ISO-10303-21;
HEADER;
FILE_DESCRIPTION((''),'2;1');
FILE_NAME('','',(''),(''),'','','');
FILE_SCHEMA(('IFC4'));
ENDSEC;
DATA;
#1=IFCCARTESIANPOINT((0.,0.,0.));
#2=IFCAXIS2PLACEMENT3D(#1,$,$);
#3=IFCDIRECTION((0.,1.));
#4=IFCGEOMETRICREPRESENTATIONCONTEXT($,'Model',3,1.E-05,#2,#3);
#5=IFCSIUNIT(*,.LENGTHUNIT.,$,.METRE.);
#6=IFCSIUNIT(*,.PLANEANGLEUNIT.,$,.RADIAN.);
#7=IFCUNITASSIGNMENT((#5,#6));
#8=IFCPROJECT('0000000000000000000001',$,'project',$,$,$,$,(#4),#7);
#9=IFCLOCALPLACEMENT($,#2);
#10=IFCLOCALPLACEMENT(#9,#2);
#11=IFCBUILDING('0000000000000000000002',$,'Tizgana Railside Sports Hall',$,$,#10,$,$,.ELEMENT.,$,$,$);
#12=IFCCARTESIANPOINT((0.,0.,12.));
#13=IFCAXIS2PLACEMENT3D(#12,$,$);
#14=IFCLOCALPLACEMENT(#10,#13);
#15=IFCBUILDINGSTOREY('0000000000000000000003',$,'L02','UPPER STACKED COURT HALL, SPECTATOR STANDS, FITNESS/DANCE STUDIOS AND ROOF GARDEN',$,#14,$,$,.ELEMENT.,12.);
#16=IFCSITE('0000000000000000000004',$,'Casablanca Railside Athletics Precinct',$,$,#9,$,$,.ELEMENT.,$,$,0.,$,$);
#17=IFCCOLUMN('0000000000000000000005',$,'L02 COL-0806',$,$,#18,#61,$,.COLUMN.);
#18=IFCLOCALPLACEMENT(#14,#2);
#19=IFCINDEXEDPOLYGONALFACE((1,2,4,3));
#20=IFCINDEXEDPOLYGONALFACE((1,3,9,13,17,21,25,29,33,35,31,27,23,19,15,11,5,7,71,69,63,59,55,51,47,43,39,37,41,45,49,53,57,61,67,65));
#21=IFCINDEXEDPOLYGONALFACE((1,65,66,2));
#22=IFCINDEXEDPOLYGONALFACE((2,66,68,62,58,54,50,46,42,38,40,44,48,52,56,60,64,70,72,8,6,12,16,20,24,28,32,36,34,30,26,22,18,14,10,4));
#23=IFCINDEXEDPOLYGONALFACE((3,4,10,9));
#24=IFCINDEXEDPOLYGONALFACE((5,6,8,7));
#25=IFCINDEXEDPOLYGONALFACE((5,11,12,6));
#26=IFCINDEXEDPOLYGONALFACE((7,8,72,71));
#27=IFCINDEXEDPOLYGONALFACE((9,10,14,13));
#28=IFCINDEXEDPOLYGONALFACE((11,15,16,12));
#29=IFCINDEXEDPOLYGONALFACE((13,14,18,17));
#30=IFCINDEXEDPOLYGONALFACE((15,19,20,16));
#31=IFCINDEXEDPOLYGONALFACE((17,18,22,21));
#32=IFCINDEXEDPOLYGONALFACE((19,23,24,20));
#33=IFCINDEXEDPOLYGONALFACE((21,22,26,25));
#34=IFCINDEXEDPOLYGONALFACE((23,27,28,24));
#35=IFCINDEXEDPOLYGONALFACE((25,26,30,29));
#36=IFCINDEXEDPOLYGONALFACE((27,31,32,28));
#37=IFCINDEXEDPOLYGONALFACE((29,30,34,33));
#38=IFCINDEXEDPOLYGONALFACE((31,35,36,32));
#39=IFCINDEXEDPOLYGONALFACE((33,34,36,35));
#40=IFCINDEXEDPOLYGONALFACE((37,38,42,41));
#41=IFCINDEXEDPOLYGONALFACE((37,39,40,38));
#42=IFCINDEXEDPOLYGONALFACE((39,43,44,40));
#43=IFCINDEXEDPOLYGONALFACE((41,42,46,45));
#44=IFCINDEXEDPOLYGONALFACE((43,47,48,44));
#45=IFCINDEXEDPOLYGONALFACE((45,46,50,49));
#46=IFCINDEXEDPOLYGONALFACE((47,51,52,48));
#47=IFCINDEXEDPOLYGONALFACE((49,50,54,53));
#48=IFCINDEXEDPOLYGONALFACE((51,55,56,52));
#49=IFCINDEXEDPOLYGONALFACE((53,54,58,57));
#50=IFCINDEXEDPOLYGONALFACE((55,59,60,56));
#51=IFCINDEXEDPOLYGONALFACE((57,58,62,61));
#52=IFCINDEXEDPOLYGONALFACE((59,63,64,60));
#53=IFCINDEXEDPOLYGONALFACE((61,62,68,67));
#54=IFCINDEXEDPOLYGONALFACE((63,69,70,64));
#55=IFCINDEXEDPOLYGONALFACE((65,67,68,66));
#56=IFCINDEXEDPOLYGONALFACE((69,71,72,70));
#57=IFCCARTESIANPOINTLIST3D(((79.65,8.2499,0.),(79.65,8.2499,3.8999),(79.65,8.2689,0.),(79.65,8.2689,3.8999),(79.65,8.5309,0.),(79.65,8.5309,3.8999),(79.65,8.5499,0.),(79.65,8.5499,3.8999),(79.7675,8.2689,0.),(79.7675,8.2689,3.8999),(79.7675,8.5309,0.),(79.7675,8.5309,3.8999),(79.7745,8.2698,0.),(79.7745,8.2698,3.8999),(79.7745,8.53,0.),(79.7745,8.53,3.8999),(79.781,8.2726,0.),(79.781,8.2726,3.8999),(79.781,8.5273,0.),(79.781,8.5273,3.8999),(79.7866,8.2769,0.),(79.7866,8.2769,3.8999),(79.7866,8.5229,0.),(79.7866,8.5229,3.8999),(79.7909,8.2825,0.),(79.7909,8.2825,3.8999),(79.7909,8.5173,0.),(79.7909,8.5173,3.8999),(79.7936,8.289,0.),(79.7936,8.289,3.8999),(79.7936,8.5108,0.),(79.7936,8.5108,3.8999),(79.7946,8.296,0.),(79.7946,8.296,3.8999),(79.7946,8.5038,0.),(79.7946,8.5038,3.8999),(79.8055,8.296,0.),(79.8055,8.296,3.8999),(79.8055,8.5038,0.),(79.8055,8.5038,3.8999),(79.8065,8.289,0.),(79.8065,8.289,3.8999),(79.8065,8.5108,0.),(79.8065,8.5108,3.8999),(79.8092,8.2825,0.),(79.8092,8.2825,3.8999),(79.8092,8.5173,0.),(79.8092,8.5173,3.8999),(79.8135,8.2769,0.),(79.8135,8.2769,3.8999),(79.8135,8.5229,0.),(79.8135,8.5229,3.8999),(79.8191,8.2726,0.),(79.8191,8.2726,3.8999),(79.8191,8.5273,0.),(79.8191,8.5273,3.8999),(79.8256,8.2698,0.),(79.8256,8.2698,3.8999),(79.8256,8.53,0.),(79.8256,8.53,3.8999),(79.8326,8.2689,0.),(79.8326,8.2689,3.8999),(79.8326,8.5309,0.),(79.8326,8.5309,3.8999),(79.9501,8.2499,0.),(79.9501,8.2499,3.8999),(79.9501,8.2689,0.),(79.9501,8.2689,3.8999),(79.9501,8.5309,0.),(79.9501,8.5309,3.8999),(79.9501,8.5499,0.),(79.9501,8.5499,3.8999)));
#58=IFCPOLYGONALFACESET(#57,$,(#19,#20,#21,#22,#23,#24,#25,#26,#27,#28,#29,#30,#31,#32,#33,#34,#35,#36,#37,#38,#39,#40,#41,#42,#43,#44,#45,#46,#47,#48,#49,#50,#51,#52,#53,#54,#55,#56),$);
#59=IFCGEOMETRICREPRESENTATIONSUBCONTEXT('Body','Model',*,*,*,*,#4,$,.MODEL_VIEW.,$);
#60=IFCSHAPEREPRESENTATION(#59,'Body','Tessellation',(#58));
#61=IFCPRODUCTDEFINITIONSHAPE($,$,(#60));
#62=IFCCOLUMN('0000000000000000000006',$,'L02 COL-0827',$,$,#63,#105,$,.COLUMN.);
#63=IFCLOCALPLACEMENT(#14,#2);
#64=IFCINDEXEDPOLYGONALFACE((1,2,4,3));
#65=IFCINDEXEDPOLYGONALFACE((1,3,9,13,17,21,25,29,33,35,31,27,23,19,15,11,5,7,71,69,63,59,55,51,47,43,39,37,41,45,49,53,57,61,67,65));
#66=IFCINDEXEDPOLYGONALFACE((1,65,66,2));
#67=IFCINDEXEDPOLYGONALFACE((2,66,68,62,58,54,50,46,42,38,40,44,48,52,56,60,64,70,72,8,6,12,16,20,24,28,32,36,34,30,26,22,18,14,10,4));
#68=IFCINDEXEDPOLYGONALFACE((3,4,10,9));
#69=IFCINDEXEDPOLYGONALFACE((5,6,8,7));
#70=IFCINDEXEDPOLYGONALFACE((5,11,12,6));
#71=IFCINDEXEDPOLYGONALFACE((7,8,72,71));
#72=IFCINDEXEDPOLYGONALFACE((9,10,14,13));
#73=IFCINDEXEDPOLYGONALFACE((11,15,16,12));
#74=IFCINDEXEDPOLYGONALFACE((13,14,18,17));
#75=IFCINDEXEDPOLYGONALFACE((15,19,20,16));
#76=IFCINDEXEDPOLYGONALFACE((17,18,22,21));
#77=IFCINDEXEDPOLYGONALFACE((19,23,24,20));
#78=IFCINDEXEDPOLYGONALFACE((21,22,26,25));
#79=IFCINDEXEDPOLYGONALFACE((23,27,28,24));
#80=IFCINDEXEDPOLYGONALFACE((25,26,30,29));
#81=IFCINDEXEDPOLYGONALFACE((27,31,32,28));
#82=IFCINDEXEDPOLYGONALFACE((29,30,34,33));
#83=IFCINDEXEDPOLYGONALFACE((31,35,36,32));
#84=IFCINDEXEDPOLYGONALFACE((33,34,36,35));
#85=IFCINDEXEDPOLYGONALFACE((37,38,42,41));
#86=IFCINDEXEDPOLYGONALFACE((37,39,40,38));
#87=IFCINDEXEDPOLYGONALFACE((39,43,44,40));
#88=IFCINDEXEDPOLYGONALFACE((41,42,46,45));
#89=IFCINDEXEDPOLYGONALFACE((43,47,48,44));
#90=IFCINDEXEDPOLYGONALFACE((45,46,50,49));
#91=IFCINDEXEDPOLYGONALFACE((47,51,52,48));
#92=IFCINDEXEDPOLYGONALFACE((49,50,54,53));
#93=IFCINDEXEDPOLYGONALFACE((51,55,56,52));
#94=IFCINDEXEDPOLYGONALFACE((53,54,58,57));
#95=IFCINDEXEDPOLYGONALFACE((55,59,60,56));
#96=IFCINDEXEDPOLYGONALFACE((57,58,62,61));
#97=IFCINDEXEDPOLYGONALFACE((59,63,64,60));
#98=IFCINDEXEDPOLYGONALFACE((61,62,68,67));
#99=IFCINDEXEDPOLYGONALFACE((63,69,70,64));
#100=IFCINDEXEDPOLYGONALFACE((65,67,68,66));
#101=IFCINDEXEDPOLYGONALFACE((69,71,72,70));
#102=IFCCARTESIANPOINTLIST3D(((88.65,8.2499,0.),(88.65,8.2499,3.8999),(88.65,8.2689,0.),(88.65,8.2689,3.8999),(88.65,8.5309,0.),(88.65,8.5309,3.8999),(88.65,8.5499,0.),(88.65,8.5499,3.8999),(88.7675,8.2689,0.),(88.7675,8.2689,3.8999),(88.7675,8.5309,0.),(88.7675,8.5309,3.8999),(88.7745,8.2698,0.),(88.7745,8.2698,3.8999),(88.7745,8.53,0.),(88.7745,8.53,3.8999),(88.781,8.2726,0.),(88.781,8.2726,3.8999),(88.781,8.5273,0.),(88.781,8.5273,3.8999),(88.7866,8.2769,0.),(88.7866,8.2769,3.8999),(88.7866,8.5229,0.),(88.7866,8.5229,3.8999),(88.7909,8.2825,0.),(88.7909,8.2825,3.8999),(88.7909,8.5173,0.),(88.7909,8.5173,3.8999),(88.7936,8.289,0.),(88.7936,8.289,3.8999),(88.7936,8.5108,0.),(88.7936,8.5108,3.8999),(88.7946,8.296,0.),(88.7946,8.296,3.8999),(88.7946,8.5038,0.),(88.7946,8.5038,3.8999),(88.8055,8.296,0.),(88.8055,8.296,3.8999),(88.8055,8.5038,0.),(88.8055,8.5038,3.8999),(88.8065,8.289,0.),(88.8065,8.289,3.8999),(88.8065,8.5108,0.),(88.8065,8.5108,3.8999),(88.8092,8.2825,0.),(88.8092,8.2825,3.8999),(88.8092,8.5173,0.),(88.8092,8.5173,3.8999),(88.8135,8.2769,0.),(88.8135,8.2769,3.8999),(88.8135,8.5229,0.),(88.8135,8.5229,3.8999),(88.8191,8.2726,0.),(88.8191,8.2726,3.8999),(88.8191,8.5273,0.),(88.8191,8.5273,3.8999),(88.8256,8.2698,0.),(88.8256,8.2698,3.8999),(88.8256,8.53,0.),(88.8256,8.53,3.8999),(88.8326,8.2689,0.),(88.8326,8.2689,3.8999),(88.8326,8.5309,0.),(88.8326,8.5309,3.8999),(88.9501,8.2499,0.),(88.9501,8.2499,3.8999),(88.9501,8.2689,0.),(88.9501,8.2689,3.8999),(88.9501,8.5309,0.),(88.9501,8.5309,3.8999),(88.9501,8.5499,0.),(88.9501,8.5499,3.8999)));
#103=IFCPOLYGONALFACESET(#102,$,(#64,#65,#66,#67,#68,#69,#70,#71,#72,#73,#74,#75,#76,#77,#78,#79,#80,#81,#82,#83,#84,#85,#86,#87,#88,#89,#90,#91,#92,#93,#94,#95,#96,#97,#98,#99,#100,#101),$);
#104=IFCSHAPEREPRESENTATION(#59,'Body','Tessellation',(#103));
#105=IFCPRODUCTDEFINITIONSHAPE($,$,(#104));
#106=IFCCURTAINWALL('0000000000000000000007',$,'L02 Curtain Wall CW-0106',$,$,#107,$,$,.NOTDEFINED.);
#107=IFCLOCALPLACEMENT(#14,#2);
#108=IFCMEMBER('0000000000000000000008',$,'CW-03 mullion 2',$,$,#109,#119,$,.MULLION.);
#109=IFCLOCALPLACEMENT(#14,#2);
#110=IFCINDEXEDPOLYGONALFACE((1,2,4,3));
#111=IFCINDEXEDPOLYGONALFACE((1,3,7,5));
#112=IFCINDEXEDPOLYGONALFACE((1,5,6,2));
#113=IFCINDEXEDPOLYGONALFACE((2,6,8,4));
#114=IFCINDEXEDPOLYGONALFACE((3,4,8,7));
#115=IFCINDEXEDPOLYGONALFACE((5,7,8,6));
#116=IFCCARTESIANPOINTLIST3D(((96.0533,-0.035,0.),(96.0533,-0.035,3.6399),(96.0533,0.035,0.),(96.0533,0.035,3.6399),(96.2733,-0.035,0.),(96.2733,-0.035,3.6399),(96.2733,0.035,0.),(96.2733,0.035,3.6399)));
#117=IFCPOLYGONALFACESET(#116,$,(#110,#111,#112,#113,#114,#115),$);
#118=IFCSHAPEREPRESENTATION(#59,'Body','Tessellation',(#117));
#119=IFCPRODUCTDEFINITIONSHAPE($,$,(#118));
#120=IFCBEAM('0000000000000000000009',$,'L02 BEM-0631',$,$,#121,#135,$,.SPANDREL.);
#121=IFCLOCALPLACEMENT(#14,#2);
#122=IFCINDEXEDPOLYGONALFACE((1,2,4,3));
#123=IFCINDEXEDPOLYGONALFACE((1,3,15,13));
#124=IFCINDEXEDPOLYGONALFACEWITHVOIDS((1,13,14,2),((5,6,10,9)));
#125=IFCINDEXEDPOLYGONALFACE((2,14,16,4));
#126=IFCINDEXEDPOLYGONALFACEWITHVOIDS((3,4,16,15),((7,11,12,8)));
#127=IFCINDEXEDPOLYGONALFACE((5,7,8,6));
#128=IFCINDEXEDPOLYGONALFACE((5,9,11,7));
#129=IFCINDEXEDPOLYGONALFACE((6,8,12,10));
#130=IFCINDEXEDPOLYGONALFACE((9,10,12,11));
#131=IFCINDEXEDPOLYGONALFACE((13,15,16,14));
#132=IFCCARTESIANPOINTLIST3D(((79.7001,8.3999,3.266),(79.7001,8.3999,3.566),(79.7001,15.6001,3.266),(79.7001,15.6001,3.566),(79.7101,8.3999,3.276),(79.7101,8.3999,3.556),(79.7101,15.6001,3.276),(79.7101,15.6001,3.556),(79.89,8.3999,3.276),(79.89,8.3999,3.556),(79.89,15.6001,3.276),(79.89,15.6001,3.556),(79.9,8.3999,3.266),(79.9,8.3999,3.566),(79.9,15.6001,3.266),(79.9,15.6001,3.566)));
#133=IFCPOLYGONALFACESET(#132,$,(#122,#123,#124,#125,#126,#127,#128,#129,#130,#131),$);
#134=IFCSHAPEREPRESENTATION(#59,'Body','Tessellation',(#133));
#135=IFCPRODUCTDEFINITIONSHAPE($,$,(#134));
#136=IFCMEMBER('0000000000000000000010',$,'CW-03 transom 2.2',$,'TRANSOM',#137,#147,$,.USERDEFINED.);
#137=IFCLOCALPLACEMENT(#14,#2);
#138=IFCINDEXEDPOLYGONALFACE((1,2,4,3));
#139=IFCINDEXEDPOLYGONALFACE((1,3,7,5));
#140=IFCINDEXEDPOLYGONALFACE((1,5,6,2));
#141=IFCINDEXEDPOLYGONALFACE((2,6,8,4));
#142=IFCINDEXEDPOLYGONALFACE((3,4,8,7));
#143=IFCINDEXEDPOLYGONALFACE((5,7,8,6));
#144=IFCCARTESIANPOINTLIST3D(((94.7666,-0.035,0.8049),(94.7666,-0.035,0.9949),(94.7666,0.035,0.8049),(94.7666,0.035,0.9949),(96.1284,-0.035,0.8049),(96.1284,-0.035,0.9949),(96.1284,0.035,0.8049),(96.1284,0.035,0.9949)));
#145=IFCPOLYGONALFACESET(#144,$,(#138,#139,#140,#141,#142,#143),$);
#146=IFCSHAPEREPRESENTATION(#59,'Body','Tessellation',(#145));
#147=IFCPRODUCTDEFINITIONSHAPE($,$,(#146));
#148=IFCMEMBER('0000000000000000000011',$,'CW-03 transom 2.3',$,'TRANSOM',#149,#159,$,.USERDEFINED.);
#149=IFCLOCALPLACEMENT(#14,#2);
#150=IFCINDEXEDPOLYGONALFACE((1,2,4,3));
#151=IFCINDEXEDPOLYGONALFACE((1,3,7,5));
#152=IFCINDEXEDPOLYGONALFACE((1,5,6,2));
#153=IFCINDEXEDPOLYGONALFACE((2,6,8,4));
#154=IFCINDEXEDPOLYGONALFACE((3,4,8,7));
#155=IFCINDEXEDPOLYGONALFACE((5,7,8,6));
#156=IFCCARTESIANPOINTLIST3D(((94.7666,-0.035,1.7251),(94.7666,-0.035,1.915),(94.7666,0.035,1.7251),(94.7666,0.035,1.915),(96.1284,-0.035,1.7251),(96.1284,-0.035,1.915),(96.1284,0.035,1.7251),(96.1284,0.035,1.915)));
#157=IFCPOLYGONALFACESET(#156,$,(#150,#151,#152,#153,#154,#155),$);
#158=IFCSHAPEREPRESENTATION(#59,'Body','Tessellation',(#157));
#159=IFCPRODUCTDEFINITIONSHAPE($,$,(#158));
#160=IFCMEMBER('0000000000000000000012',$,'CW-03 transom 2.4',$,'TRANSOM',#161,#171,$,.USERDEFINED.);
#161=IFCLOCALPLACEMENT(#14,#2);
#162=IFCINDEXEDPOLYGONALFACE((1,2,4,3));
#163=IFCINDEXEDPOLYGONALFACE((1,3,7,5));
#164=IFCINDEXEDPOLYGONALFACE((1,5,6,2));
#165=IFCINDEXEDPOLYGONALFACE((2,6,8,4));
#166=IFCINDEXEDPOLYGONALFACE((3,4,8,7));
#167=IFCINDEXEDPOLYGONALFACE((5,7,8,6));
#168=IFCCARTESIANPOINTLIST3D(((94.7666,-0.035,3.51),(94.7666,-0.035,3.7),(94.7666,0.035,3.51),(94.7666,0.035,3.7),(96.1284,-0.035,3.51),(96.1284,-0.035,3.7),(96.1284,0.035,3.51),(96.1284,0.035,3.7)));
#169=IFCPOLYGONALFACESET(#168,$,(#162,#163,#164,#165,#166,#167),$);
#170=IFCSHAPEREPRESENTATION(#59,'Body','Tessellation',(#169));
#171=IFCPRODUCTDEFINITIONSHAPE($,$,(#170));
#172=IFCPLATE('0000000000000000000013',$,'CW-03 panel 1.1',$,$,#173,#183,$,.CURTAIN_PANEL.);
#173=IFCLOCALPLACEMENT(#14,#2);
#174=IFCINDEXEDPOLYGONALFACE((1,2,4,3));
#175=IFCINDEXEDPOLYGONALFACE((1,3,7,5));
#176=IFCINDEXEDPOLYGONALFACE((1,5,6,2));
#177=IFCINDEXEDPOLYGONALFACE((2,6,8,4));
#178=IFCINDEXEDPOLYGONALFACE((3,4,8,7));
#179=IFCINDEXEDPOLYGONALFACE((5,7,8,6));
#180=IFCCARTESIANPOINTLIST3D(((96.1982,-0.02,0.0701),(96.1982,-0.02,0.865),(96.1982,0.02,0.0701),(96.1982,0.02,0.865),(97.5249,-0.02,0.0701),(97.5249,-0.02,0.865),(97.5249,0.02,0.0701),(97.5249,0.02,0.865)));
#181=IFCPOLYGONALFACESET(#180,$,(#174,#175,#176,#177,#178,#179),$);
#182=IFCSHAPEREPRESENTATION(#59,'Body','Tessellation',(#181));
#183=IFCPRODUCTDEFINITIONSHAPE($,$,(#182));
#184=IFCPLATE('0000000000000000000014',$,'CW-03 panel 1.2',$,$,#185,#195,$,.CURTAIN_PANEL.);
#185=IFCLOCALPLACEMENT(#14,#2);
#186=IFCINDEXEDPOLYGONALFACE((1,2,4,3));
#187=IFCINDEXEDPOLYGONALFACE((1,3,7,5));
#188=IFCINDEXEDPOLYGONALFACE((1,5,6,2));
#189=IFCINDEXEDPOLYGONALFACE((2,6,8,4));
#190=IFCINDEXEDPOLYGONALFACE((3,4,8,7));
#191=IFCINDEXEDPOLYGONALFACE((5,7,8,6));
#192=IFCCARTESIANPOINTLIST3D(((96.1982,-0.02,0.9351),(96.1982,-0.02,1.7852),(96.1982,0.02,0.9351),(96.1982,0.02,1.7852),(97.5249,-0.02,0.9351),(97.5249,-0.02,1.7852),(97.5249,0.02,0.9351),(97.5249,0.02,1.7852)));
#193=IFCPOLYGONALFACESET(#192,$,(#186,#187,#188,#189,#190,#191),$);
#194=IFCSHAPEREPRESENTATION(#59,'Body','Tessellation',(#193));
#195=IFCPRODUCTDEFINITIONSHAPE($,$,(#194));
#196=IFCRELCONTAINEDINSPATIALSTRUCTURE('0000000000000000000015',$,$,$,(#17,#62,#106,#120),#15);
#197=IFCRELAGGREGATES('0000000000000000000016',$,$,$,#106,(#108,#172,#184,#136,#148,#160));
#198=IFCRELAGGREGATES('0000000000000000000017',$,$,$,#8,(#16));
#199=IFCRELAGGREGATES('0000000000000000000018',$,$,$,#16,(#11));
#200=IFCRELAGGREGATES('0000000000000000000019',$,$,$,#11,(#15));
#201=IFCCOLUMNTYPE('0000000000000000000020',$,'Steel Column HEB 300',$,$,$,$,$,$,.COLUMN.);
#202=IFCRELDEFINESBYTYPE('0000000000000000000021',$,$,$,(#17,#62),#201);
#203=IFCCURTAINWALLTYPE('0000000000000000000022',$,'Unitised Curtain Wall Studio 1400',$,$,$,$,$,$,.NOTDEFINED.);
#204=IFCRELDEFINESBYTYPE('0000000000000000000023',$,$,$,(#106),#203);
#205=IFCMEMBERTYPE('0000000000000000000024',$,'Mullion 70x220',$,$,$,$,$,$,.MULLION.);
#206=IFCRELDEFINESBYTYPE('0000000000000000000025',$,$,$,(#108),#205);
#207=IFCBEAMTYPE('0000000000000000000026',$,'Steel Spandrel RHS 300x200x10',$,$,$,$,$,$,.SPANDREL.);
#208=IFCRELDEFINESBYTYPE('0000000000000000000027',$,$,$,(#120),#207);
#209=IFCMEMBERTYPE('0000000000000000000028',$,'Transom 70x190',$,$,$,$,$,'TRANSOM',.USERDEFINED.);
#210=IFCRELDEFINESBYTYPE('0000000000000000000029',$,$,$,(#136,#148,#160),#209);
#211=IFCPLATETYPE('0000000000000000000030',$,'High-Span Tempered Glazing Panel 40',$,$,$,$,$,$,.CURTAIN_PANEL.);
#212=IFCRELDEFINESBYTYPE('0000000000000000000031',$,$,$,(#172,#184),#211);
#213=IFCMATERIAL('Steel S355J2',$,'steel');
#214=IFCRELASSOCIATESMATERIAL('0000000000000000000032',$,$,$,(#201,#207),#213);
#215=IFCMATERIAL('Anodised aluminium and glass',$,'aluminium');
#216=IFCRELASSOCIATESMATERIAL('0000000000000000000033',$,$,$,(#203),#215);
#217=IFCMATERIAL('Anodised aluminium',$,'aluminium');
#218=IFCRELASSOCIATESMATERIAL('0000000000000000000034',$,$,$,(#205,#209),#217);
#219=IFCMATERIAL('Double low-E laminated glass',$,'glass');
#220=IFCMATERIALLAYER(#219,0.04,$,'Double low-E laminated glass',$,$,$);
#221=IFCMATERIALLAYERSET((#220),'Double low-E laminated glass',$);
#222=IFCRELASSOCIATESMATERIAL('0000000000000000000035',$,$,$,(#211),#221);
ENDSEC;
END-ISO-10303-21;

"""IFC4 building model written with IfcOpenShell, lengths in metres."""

from ifc_helpers import new_model, si_unit, direction, frame, origin, origin_2d, place, context, subcontext, project, spatial, rectangle, hollow_rectangle, i_section, extrude, material, layer, layer_set, material_profile, profile_set, type_object, element, aggregate, save


model = new_model("IFC4")

# Units and contexts
model_context = context("Model", 3, precision=1e-05, world=origin(), true_north=direction((0.0, 1.0)))
body_context = subcontext(model_context, "Body", "Model", "MODEL_VIEW")
ifc_project = project(units=[si_unit("LENGTHUNIT", "METRE"), si_unit("PLANEANGLEUNIT", "RADIAN")], contexts=[model_context])

# Site, building, storey
site_placement = place(None, origin())
site = spatial("IfcSite", under=ifc_project, at=site_placement, Name="Casablanca Railside Athletics Precinct", CompositionType="ELEMENT", RefElevation=0.0)
building_placement = place(site_placement, origin())
building = spatial("IfcBuilding", under=site, at=building_placement, Name="Tizgana Railside Sports Hall", CompositionType="ELEMENT")
storey_placement = place(building_placement, frame((0.0, 0.0, 12.0)))
storey = spatial("IfcBuildingStorey", under=building, at=storey_placement, Name="L02", Description="UPPER STACKED COURT HALL, SPECTATOR STANDS, FITNESS/DANCE STUDIOS AND ROOF GARDEN", CompositionType="ELEMENT", Elevation=12.0)

# Columns
ifc_material_1 = material(Name="Steel S355J2", Category="steel")
ifc_material_profile_1 = material_profile(ifc_material_1, i_section(OverallWidth=0.3, OverallDepth=0.3, WebThickness=0.011, FlangeThickness=0.019, FilletRadius=0.0271, at=origin_2d()), Name="HEB 300")
ifc_profile_set_1 = profile_set([ifc_material_profile_1], Name="Steel S355J2")
column_type = type_object("IfcColumnType", Name="Steel Column HEB 300", PredefinedType="COLUMN", material=ifc_profile_set_1)
for number, where, z_axis, x_axis, name in (
    (1, (79.8, 8.3999, 0.0), (0.0, 0.0, 1.0), (1.0, 0.0, 0.0), "L02 COL-0806"),
    (2, (88.8, 8.3999, 0.0), (0.0, 0.0, 1.0), (1.0, 0.0, 0.0), "L02 COL-0827"),
):
    element("IfcColumn", number, at=place(storey_placement, frame(where, z_axis=z_axis, x_axis=x_axis)), inside=storey, type_object=column_type, Name=name, PredefinedType="COLUMN", context=body_context, shape_type="SweptSolid", body=[
        extrude(i_section(OverallWidth=0.3, OverallDepth=0.3, WebThickness=0.011, FlangeThickness=0.019, FilletRadius=0.0271, at=origin_2d()), origin(), (0.0, 0.0, 1.0), 3.8999),
    ])

# Curtain wall, member
ifc_material_2 = material(Name="Anodised aluminium and glass", Category="aluminium")
curtain_wall_type = type_object("IfcCurtainWallType", Name="Unitised Curtain Wall Studio 1400", PredefinedType="NOTDEFINED", material=ifc_material_2)
curtain_wall_placement = place(storey_placement, origin())
curtain_wall = element("IfcCurtainWall", 3, at=curtain_wall_placement, inside=storey, type_object=curtain_wall_type, Name="L02 Curtain Wall CW-0106", PredefinedType="NOTDEFINED")
ifc_material_3 = material(Name="Anodised aluminium", Category="aluminium")
ifc_material_profile_2 = material_profile(ifc_material_3, rectangle(XDim=0.0701, YDim=0.22, at=origin_2d()), Name="Mullion 70x220")
ifc_profile_set_2 = profile_set([ifc_material_profile_2], Name="Anodised aluminium")
member_type_1 = type_object("IfcMemberType", Name="Mullion 70x220", PredefinedType="MULLION", material=ifc_profile_set_2)
member_1_placement = place(storey_placement, frame((96.1633, 0.0, 0.0), z_axis=(0.0, 0.0, 1.0), x_axis=(0.0, -1.0, 0.0)))
member_1 = element("IfcMember", 4, at=member_1_placement, type_object=member_type_1, Name="CW-03 mullion 2", PredefinedType="MULLION", context=body_context, shape_type="SweptSolid", body=[
    extrude(rectangle(XDim=0.0701, YDim=0.22, at=origin_2d()), origin(), (0.0, 0.0, 1.0), 3.6399),
])

# Beam
ifc_material_profile_3 = material_profile(ifc_material_1, hollow_rectangle(XDim=0.2, YDim=0.3, WallThickness=0.01, at=origin_2d()), Name="RHS 300x200x10")
ifc_profile_set_3 = profile_set([ifc_material_profile_3], Name="Steel S355J2")
beam_type = type_object("IfcBeamType", Name="Steel Spandrel RHS 300x200x10", PredefinedType="SPANDREL", material=ifc_profile_set_3)
beam_placement = place(storey_placement, frame((79.8, 8.3999, 3.416), z_axis=(0.0, 1.0, 0.0), x_axis=(-1.0, 0.0, 0.0)))
element("IfcBeam", 5, at=beam_placement, inside=storey, type_object=beam_type, Name="L02 BEM-0631", PredefinedType="SPANDREL", context=body_context, shape_type="SweptSolid", body=[
    extrude(hollow_rectangle(XDim=0.2, YDim=0.3, WallThickness=0.01, at=origin_2d()), origin(), (0.0, 0.0, 1.0), 7.2002),
])

# Members
ifc_material_profile_4 = material_profile(ifc_material_3, rectangle(XDim=0.0701, YDim=0.1899, at=origin_2d()), Name="Transom 70x190")
ifc_profile_set_4 = profile_set([ifc_material_profile_4], Name="Anodised aluminium")
member_type_2 = type_object("IfcMemberType", Name="Transom 70x190", ElementType="TRANSOM", PredefinedType="USERDEFINED", material=ifc_profile_set_4)
member_2_placement = place(storey_placement, frame((96.1284, 0.0, 0.8999), z_axis=(-1.0, 0.0, 0.0), x_axis=(0.0, -1.0, 0.0)))
member_2 = element("IfcMember", 6, at=member_2_placement, type_object=member_type_2, Name="CW-03 transom 2.2", ObjectType="TRANSOM", PredefinedType="USERDEFINED", context=body_context, shape_type="SweptSolid", body=[
    extrude(rectangle(XDim=0.0701, YDim=0.1899, at=origin_2d()), origin(), (0.0, 0.0, 1.0), 1.3618),
])
member_3_placement = place(storey_placement, frame((96.1284, 0.0, 1.8201), z_axis=(-1.0, 0.0, 0.0), x_axis=(0.0, -1.0, 0.0)))
member_3 = element("IfcMember", 7, at=member_3_placement, type_object=member_type_2, Name="CW-03 transom 2.3", ObjectType="TRANSOM", PredefinedType="USERDEFINED", context=body_context, shape_type="SweptSolid", body=[
    extrude(rectangle(XDim=0.0701, YDim=0.1899, at=origin_2d()), origin(), (0.0, 0.0, 1.0), 1.3618),
])
member_4_placement = place(storey_placement, frame((96.1284, 0.0, 3.605), z_axis=(-1.0, 0.0, 0.0), x_axis=(0.0, -1.0, 0.0)))
member_4 = element("IfcMember", 8, at=member_4_placement, type_object=member_type_2, Name="CW-03 transom 2.4", ObjectType="TRANSOM", PredefinedType="USERDEFINED", context=body_context, shape_type="SweptSolid", body=[
    extrude(rectangle(XDim=0.0701, YDim=0.1899, at=origin_2d()), origin(), (0.0, 0.0, 1.0), 1.3618),
])

# Plates
ifc_material_4 = material(Name="Double low-E laminated glass", Category="glass")
ifc_layer_1 = layer(ifc_material_4, 0.04, Name="Double low-E laminated glass")
ifc_layer_set_1 = layer_set([ifc_layer_1], Name="Double low-E laminated glass")
plate_type = type_object("IfcPlateType", Name="High-Span Tempered Glazing Panel 40", PredefinedType="CURTAIN_PANEL", material=ifc_layer_set_1)
plate_1_placement = place(storey_placement, frame((96.8616, 0.0, 0.0701), z_axis=(0.0, 0.0, 1.0), x_axis=(-1.0, 0.0, 0.0)))
plate_1 = element("IfcPlate", 9, at=plate_1_placement, type_object=plate_type, Name="CW-03 panel 1.1", PredefinedType="CURTAIN_PANEL", context=body_context, shape_type="SweptSolid", body=[
    extrude(rectangle(XDim=1.3267, YDim=0.04, at=origin_2d()), origin(), (0.0, 0.0, 1.0), 0.7949),
])
plate_2_placement = place(storey_placement, frame((96.8616, 0.0, 0.9351), z_axis=(0.0, 0.0, 1.0), x_axis=(-1.0, 0.0, 0.0)))
plate_2 = element("IfcPlate", 10, at=plate_2_placement, type_object=plate_type, Name="CW-03 panel 1.2", PredefinedType="CURTAIN_PANEL", context=body_context, shape_type="SweptSolid", body=[
    extrude(rectangle(XDim=1.3267, YDim=0.04, at=origin_2d()), origin(), (0.0, 0.0, 1.0), 0.8501),
])
aggregate(curtain_wall, [member_1, plate_1, plate_2, member_2, member_3, member_4])

save(model, "model.ifc")
